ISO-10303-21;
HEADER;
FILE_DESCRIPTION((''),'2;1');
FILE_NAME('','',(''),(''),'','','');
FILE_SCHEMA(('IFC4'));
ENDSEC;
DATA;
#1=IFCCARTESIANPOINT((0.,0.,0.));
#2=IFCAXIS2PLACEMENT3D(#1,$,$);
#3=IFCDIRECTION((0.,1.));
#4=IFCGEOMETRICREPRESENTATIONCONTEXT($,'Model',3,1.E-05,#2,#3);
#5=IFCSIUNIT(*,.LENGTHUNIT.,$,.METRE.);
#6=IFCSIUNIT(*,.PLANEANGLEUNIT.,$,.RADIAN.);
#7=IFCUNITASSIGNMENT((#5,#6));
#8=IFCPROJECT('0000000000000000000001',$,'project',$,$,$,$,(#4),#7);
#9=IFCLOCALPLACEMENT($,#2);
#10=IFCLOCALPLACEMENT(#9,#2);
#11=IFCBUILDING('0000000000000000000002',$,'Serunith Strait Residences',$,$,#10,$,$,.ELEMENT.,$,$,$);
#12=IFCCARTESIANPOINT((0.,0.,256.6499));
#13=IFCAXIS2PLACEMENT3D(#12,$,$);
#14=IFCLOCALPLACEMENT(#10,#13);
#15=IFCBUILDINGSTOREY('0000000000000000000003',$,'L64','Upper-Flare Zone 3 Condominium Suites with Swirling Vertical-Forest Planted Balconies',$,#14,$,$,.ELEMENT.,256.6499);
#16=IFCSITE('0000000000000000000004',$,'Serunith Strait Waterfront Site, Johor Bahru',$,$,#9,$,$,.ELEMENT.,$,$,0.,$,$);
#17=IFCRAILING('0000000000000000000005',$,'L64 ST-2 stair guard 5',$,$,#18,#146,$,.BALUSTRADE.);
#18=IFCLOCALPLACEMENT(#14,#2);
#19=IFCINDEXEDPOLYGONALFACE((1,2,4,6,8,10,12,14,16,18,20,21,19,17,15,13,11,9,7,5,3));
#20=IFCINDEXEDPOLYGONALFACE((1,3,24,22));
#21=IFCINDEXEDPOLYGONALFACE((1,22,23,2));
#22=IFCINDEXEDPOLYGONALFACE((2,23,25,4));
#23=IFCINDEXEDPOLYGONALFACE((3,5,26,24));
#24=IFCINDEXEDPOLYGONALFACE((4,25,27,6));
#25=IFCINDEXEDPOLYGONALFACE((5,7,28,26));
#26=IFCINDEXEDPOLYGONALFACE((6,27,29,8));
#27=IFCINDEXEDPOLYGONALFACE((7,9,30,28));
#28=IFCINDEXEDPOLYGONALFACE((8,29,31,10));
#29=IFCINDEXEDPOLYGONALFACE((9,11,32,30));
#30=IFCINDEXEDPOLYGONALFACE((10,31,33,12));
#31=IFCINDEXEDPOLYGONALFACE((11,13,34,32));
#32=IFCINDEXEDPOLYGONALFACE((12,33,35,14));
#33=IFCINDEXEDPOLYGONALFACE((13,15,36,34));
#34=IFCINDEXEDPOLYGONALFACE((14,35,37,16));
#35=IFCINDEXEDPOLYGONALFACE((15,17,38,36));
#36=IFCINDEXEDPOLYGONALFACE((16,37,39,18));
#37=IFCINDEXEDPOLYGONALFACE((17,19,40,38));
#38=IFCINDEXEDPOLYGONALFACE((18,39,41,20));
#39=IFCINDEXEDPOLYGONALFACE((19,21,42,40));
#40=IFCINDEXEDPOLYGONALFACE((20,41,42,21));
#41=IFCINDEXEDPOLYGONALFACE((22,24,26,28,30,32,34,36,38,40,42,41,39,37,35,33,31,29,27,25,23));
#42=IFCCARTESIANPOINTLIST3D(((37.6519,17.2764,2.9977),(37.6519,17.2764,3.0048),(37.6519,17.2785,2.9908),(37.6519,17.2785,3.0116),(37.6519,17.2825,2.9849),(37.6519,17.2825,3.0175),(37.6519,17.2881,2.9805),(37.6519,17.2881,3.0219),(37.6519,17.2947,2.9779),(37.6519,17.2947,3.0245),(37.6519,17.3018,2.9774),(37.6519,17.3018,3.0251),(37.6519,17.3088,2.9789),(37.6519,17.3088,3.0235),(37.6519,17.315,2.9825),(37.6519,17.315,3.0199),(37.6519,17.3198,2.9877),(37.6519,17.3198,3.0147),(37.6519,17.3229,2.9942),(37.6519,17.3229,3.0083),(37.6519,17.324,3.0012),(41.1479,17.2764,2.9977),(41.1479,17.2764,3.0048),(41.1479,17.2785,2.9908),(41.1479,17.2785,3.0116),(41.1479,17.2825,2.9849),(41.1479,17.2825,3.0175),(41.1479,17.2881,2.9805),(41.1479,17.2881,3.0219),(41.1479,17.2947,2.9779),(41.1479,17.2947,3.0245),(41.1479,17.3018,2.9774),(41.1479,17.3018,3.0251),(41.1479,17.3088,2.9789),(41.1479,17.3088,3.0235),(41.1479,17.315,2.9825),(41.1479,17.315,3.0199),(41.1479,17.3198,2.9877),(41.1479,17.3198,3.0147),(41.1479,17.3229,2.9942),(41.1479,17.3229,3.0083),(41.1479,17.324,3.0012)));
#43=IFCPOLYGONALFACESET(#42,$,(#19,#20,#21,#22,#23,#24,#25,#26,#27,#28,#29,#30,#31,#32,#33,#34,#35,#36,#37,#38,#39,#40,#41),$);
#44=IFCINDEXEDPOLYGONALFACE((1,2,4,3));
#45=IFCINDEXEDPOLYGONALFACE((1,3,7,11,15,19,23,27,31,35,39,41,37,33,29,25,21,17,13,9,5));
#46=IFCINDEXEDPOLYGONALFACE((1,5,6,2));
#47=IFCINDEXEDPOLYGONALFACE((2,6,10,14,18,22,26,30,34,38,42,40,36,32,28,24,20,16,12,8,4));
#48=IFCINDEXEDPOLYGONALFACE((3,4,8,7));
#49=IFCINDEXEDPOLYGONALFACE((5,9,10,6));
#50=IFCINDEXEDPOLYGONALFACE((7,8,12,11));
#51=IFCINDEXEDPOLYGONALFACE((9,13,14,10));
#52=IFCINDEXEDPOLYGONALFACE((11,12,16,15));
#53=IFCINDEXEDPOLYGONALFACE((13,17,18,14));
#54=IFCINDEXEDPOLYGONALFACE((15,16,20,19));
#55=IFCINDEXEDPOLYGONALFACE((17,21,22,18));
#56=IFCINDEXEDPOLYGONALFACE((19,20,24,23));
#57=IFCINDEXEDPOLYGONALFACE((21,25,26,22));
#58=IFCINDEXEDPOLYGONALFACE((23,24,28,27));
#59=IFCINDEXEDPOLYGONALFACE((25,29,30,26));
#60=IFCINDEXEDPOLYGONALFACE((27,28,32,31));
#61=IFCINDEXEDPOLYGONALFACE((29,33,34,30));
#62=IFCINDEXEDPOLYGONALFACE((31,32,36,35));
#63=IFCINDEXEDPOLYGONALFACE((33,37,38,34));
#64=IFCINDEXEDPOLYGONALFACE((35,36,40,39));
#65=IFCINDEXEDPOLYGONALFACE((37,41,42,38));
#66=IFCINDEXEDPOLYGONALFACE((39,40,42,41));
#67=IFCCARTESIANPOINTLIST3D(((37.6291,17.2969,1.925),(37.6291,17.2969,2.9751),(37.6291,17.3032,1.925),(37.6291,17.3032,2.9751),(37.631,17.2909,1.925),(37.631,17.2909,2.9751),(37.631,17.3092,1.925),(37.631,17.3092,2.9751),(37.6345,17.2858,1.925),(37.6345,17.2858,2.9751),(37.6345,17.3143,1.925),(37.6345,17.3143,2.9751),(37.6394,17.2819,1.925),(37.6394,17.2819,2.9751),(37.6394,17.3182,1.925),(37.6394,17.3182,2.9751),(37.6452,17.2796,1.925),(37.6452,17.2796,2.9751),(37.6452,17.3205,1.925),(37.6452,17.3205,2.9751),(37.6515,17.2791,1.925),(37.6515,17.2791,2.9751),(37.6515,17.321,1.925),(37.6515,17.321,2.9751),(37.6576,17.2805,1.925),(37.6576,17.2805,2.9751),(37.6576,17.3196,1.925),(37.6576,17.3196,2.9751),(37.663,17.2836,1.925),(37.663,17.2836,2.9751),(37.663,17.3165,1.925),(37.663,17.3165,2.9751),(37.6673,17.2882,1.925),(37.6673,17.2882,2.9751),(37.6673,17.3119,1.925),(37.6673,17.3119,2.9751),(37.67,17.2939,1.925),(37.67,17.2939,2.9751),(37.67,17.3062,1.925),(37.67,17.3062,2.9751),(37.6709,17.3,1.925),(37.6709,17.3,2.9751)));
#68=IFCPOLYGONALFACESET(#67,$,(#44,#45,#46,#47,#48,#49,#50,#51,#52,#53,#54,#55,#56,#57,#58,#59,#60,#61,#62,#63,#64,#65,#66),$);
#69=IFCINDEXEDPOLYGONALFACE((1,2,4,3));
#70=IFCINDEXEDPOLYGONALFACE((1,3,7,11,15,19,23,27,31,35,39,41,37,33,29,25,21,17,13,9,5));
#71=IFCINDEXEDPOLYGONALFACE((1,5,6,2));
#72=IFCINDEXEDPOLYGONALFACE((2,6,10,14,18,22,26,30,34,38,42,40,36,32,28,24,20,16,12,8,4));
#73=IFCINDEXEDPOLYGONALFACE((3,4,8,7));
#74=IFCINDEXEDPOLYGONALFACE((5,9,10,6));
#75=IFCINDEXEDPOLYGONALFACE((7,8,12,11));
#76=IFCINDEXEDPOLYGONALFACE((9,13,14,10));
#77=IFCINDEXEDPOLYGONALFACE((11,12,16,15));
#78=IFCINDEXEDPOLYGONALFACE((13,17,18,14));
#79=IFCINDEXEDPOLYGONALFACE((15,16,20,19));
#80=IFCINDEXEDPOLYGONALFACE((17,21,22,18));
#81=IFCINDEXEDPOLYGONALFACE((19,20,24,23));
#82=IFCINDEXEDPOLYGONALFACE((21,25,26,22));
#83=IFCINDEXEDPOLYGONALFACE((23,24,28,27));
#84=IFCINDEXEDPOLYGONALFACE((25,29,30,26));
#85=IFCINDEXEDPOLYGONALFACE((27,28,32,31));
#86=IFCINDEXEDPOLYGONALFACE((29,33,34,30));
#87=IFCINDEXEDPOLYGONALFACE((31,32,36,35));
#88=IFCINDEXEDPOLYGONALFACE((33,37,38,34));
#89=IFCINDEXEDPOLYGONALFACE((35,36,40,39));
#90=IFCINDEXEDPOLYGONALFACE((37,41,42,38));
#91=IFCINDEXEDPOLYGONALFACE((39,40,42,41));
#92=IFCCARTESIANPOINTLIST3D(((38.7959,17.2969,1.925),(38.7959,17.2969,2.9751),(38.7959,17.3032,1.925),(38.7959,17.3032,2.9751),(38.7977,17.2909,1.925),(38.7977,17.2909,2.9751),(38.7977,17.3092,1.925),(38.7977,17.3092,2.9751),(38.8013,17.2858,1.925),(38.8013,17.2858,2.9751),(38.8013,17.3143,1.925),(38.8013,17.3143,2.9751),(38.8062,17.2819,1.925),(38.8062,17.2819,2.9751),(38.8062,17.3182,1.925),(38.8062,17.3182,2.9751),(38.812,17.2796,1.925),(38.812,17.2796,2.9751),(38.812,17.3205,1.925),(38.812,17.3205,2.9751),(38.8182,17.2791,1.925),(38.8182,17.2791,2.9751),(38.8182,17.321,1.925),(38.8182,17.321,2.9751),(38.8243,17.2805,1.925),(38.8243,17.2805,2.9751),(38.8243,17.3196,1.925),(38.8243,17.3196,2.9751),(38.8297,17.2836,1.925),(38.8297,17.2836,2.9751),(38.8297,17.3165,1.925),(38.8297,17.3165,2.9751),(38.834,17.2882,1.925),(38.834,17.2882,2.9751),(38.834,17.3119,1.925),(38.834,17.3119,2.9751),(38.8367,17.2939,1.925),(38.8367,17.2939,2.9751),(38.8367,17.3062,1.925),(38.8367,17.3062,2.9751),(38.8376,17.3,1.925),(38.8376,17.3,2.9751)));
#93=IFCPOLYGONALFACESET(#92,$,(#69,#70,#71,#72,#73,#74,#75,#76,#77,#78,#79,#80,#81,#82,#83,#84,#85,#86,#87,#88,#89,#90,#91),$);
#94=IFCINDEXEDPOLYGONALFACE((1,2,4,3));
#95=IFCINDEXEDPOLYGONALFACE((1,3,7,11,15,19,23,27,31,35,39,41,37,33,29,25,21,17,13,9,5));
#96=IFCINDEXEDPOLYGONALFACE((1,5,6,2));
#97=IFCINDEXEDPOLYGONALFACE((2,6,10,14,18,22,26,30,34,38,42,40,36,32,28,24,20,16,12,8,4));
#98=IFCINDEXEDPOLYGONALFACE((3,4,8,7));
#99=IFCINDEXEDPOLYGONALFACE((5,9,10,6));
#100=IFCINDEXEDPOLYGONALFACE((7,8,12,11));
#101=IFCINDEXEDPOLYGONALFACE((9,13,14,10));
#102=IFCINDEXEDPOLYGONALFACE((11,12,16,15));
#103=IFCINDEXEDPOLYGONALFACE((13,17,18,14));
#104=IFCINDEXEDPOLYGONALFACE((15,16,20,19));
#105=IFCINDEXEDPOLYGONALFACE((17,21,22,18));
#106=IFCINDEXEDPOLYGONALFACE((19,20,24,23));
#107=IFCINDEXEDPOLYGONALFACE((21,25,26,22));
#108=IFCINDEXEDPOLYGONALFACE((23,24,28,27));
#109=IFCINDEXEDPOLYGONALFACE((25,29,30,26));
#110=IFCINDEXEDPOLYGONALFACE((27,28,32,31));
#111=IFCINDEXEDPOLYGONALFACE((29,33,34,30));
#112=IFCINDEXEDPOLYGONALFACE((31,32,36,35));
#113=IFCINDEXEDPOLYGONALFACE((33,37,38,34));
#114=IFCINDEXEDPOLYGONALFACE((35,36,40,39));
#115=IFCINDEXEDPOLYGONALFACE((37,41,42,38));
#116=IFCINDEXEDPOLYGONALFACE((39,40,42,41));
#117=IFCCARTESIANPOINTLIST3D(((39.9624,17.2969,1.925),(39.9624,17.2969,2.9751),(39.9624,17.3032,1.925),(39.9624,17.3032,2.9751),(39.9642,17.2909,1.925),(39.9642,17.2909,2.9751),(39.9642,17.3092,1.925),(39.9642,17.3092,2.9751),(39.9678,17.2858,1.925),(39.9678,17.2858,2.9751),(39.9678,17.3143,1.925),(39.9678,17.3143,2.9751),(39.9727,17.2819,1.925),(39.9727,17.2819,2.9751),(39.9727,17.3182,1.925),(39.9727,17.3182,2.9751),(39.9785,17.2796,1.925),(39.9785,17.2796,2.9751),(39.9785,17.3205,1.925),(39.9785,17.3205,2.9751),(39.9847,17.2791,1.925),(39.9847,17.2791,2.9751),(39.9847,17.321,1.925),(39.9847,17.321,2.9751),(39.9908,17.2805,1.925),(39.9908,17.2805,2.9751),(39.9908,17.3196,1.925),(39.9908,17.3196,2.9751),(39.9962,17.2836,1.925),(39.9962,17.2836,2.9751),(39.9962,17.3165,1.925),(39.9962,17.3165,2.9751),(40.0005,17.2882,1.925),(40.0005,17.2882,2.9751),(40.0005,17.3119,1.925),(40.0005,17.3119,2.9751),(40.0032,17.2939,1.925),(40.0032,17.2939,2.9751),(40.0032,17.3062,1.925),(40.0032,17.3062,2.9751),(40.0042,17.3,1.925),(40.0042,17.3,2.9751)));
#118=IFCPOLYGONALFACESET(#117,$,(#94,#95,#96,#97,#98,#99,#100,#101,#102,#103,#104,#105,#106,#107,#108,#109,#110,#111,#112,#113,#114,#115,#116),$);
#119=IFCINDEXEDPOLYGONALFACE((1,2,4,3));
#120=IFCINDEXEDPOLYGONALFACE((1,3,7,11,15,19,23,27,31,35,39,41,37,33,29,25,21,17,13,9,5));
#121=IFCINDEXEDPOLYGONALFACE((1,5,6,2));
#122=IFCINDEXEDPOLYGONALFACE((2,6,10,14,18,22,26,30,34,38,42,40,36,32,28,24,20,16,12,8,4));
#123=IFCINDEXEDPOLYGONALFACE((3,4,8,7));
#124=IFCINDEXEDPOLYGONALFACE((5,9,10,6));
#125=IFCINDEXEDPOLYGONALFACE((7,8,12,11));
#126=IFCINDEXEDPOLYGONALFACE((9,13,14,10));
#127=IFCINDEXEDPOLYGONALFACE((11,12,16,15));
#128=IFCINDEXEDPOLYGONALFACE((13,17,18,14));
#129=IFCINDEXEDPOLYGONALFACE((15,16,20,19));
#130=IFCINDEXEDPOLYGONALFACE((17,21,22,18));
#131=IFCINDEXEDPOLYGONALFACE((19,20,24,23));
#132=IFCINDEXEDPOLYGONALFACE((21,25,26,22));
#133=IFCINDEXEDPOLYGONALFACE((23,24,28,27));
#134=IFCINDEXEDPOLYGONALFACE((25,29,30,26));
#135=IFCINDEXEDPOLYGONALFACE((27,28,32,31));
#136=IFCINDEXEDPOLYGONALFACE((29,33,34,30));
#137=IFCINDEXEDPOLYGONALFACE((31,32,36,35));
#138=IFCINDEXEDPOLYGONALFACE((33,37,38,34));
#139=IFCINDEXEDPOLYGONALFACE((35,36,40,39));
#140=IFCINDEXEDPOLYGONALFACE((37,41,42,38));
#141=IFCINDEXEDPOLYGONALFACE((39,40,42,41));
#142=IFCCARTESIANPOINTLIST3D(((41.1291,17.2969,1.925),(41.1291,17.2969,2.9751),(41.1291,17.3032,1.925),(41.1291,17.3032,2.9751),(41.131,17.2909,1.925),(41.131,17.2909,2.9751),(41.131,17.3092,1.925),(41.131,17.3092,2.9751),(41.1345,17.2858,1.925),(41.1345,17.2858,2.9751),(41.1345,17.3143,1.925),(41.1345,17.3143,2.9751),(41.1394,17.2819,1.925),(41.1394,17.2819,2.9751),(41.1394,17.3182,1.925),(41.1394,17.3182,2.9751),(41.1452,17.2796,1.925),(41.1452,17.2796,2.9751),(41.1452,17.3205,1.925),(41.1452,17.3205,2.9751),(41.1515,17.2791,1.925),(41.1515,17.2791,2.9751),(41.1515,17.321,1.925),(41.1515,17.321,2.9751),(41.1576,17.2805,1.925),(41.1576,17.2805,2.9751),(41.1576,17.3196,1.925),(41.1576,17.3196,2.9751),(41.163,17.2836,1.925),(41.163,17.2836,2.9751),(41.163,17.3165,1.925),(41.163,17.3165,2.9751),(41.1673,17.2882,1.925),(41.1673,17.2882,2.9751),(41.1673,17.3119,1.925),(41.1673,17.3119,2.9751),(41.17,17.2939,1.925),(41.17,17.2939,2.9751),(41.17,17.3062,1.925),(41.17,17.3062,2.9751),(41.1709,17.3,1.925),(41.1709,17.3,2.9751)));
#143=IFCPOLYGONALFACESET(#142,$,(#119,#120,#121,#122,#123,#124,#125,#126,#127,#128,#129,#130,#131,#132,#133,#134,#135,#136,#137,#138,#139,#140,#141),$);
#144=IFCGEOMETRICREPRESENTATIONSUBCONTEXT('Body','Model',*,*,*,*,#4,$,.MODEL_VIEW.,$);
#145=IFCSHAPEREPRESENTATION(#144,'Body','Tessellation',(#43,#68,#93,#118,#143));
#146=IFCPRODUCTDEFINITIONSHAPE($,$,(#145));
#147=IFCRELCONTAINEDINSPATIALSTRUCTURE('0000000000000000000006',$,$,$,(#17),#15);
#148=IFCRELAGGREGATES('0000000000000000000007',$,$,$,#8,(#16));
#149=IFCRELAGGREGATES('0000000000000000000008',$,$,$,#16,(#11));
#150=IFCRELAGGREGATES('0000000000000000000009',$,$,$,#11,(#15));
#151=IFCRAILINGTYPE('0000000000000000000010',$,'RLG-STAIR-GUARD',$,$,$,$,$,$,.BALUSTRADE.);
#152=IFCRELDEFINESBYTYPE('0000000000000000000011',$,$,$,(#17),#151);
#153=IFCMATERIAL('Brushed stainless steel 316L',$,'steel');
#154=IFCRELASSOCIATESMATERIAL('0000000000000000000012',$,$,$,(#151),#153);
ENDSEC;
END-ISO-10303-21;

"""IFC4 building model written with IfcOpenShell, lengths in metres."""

from ifc_helpers import new_model, si_unit, direction, frame, origin, origin_2d, place, context, subcontext, project, spatial, circle, extrude, material, type_object, element, save


model = new_model("IFC4")

# Units and contexts
model_context = context("Model", 3, precision=1e-05, world=origin(), true_north=direction((0.0, 1.0)))
body_context = subcontext(model_context, "Body", "Model", "MODEL_VIEW")
ifc_project = project(units=[si_unit("LENGTHUNIT", "METRE"), si_unit("PLANEANGLEUNIT", "RADIAN")], contexts=[model_context])

# Site, building, storey
site_placement = place(None, origin())
site = spatial("IfcSite", under=ifc_project, at=site_placement, Name="Serunith Strait Waterfront Site, Johor Bahru", CompositionType="ELEMENT", RefElevation=0.0)
building_placement = place(site_placement, origin())
building = spatial("IfcBuilding", under=site, at=building_placement, Name="Serunith Strait Residences", CompositionType="ELEMENT")
storey_placement = place(building_placement, frame((0.0, 0.0, 256.6499)))
storey = spatial("IfcBuildingStorey", under=building, at=storey_placement, Name="L64", Description="Upper-Flare Zone 3 Condominium Suites with Swirling Vertical-Forest Planted Balconies", CompositionType="ELEMENT", Elevation=256.6499)

# Railing
ifc_material_1 = material(Name="Brushed stainless steel 316L", Category="steel")
railing_type_1 = type_object("IfcRailingType", Name="RLG-STAIR-GUARD", PredefinedType="BALUSTRADE", material=ifc_material_1)
railing_1_placement = place(storey_placement, frame((37.6499, 17.3, 1.925)))
element("IfcRailing", 1, at=railing_1_placement, inside=storey, type_object=railing_type_1, Name="L64 ST-2 stair guard 5", PredefinedType="BALUSTRADE", context=body_context, shape_type="SweptSolid", body=[
    extrude(circle(Radius=0.0239, at=origin_2d()), frame((0.002, 0.0, 1.0762), z_axis=(1.0, 0.0, 0.0), x_axis=(0.0, 1.0, 0.0)), (0.0, 0.0, 1.0), 3.4961),
    extrude(circle(Radius=0.021, at=origin_2d()), origin(), (0.0, 0.0, 1.0), 1.05),
    extrude(circle(Radius=0.021, at=origin_2d()), frame((1.1667, 0.0, 0.0)), (0.0, 0.0, 1.0), 1.05),
    extrude(circle(Radius=0.021, at=origin_2d()), frame((2.3333, 0.0, 0.0)), (0.0, 0.0, 1.0), 1.05),
    extrude(circle(Radius=0.021, at=origin_2d()), frame((3.5, 0.0, 0.0)), (0.0, 0.0, 1.0), 1.05),
])

save(model, "model.ifc")
